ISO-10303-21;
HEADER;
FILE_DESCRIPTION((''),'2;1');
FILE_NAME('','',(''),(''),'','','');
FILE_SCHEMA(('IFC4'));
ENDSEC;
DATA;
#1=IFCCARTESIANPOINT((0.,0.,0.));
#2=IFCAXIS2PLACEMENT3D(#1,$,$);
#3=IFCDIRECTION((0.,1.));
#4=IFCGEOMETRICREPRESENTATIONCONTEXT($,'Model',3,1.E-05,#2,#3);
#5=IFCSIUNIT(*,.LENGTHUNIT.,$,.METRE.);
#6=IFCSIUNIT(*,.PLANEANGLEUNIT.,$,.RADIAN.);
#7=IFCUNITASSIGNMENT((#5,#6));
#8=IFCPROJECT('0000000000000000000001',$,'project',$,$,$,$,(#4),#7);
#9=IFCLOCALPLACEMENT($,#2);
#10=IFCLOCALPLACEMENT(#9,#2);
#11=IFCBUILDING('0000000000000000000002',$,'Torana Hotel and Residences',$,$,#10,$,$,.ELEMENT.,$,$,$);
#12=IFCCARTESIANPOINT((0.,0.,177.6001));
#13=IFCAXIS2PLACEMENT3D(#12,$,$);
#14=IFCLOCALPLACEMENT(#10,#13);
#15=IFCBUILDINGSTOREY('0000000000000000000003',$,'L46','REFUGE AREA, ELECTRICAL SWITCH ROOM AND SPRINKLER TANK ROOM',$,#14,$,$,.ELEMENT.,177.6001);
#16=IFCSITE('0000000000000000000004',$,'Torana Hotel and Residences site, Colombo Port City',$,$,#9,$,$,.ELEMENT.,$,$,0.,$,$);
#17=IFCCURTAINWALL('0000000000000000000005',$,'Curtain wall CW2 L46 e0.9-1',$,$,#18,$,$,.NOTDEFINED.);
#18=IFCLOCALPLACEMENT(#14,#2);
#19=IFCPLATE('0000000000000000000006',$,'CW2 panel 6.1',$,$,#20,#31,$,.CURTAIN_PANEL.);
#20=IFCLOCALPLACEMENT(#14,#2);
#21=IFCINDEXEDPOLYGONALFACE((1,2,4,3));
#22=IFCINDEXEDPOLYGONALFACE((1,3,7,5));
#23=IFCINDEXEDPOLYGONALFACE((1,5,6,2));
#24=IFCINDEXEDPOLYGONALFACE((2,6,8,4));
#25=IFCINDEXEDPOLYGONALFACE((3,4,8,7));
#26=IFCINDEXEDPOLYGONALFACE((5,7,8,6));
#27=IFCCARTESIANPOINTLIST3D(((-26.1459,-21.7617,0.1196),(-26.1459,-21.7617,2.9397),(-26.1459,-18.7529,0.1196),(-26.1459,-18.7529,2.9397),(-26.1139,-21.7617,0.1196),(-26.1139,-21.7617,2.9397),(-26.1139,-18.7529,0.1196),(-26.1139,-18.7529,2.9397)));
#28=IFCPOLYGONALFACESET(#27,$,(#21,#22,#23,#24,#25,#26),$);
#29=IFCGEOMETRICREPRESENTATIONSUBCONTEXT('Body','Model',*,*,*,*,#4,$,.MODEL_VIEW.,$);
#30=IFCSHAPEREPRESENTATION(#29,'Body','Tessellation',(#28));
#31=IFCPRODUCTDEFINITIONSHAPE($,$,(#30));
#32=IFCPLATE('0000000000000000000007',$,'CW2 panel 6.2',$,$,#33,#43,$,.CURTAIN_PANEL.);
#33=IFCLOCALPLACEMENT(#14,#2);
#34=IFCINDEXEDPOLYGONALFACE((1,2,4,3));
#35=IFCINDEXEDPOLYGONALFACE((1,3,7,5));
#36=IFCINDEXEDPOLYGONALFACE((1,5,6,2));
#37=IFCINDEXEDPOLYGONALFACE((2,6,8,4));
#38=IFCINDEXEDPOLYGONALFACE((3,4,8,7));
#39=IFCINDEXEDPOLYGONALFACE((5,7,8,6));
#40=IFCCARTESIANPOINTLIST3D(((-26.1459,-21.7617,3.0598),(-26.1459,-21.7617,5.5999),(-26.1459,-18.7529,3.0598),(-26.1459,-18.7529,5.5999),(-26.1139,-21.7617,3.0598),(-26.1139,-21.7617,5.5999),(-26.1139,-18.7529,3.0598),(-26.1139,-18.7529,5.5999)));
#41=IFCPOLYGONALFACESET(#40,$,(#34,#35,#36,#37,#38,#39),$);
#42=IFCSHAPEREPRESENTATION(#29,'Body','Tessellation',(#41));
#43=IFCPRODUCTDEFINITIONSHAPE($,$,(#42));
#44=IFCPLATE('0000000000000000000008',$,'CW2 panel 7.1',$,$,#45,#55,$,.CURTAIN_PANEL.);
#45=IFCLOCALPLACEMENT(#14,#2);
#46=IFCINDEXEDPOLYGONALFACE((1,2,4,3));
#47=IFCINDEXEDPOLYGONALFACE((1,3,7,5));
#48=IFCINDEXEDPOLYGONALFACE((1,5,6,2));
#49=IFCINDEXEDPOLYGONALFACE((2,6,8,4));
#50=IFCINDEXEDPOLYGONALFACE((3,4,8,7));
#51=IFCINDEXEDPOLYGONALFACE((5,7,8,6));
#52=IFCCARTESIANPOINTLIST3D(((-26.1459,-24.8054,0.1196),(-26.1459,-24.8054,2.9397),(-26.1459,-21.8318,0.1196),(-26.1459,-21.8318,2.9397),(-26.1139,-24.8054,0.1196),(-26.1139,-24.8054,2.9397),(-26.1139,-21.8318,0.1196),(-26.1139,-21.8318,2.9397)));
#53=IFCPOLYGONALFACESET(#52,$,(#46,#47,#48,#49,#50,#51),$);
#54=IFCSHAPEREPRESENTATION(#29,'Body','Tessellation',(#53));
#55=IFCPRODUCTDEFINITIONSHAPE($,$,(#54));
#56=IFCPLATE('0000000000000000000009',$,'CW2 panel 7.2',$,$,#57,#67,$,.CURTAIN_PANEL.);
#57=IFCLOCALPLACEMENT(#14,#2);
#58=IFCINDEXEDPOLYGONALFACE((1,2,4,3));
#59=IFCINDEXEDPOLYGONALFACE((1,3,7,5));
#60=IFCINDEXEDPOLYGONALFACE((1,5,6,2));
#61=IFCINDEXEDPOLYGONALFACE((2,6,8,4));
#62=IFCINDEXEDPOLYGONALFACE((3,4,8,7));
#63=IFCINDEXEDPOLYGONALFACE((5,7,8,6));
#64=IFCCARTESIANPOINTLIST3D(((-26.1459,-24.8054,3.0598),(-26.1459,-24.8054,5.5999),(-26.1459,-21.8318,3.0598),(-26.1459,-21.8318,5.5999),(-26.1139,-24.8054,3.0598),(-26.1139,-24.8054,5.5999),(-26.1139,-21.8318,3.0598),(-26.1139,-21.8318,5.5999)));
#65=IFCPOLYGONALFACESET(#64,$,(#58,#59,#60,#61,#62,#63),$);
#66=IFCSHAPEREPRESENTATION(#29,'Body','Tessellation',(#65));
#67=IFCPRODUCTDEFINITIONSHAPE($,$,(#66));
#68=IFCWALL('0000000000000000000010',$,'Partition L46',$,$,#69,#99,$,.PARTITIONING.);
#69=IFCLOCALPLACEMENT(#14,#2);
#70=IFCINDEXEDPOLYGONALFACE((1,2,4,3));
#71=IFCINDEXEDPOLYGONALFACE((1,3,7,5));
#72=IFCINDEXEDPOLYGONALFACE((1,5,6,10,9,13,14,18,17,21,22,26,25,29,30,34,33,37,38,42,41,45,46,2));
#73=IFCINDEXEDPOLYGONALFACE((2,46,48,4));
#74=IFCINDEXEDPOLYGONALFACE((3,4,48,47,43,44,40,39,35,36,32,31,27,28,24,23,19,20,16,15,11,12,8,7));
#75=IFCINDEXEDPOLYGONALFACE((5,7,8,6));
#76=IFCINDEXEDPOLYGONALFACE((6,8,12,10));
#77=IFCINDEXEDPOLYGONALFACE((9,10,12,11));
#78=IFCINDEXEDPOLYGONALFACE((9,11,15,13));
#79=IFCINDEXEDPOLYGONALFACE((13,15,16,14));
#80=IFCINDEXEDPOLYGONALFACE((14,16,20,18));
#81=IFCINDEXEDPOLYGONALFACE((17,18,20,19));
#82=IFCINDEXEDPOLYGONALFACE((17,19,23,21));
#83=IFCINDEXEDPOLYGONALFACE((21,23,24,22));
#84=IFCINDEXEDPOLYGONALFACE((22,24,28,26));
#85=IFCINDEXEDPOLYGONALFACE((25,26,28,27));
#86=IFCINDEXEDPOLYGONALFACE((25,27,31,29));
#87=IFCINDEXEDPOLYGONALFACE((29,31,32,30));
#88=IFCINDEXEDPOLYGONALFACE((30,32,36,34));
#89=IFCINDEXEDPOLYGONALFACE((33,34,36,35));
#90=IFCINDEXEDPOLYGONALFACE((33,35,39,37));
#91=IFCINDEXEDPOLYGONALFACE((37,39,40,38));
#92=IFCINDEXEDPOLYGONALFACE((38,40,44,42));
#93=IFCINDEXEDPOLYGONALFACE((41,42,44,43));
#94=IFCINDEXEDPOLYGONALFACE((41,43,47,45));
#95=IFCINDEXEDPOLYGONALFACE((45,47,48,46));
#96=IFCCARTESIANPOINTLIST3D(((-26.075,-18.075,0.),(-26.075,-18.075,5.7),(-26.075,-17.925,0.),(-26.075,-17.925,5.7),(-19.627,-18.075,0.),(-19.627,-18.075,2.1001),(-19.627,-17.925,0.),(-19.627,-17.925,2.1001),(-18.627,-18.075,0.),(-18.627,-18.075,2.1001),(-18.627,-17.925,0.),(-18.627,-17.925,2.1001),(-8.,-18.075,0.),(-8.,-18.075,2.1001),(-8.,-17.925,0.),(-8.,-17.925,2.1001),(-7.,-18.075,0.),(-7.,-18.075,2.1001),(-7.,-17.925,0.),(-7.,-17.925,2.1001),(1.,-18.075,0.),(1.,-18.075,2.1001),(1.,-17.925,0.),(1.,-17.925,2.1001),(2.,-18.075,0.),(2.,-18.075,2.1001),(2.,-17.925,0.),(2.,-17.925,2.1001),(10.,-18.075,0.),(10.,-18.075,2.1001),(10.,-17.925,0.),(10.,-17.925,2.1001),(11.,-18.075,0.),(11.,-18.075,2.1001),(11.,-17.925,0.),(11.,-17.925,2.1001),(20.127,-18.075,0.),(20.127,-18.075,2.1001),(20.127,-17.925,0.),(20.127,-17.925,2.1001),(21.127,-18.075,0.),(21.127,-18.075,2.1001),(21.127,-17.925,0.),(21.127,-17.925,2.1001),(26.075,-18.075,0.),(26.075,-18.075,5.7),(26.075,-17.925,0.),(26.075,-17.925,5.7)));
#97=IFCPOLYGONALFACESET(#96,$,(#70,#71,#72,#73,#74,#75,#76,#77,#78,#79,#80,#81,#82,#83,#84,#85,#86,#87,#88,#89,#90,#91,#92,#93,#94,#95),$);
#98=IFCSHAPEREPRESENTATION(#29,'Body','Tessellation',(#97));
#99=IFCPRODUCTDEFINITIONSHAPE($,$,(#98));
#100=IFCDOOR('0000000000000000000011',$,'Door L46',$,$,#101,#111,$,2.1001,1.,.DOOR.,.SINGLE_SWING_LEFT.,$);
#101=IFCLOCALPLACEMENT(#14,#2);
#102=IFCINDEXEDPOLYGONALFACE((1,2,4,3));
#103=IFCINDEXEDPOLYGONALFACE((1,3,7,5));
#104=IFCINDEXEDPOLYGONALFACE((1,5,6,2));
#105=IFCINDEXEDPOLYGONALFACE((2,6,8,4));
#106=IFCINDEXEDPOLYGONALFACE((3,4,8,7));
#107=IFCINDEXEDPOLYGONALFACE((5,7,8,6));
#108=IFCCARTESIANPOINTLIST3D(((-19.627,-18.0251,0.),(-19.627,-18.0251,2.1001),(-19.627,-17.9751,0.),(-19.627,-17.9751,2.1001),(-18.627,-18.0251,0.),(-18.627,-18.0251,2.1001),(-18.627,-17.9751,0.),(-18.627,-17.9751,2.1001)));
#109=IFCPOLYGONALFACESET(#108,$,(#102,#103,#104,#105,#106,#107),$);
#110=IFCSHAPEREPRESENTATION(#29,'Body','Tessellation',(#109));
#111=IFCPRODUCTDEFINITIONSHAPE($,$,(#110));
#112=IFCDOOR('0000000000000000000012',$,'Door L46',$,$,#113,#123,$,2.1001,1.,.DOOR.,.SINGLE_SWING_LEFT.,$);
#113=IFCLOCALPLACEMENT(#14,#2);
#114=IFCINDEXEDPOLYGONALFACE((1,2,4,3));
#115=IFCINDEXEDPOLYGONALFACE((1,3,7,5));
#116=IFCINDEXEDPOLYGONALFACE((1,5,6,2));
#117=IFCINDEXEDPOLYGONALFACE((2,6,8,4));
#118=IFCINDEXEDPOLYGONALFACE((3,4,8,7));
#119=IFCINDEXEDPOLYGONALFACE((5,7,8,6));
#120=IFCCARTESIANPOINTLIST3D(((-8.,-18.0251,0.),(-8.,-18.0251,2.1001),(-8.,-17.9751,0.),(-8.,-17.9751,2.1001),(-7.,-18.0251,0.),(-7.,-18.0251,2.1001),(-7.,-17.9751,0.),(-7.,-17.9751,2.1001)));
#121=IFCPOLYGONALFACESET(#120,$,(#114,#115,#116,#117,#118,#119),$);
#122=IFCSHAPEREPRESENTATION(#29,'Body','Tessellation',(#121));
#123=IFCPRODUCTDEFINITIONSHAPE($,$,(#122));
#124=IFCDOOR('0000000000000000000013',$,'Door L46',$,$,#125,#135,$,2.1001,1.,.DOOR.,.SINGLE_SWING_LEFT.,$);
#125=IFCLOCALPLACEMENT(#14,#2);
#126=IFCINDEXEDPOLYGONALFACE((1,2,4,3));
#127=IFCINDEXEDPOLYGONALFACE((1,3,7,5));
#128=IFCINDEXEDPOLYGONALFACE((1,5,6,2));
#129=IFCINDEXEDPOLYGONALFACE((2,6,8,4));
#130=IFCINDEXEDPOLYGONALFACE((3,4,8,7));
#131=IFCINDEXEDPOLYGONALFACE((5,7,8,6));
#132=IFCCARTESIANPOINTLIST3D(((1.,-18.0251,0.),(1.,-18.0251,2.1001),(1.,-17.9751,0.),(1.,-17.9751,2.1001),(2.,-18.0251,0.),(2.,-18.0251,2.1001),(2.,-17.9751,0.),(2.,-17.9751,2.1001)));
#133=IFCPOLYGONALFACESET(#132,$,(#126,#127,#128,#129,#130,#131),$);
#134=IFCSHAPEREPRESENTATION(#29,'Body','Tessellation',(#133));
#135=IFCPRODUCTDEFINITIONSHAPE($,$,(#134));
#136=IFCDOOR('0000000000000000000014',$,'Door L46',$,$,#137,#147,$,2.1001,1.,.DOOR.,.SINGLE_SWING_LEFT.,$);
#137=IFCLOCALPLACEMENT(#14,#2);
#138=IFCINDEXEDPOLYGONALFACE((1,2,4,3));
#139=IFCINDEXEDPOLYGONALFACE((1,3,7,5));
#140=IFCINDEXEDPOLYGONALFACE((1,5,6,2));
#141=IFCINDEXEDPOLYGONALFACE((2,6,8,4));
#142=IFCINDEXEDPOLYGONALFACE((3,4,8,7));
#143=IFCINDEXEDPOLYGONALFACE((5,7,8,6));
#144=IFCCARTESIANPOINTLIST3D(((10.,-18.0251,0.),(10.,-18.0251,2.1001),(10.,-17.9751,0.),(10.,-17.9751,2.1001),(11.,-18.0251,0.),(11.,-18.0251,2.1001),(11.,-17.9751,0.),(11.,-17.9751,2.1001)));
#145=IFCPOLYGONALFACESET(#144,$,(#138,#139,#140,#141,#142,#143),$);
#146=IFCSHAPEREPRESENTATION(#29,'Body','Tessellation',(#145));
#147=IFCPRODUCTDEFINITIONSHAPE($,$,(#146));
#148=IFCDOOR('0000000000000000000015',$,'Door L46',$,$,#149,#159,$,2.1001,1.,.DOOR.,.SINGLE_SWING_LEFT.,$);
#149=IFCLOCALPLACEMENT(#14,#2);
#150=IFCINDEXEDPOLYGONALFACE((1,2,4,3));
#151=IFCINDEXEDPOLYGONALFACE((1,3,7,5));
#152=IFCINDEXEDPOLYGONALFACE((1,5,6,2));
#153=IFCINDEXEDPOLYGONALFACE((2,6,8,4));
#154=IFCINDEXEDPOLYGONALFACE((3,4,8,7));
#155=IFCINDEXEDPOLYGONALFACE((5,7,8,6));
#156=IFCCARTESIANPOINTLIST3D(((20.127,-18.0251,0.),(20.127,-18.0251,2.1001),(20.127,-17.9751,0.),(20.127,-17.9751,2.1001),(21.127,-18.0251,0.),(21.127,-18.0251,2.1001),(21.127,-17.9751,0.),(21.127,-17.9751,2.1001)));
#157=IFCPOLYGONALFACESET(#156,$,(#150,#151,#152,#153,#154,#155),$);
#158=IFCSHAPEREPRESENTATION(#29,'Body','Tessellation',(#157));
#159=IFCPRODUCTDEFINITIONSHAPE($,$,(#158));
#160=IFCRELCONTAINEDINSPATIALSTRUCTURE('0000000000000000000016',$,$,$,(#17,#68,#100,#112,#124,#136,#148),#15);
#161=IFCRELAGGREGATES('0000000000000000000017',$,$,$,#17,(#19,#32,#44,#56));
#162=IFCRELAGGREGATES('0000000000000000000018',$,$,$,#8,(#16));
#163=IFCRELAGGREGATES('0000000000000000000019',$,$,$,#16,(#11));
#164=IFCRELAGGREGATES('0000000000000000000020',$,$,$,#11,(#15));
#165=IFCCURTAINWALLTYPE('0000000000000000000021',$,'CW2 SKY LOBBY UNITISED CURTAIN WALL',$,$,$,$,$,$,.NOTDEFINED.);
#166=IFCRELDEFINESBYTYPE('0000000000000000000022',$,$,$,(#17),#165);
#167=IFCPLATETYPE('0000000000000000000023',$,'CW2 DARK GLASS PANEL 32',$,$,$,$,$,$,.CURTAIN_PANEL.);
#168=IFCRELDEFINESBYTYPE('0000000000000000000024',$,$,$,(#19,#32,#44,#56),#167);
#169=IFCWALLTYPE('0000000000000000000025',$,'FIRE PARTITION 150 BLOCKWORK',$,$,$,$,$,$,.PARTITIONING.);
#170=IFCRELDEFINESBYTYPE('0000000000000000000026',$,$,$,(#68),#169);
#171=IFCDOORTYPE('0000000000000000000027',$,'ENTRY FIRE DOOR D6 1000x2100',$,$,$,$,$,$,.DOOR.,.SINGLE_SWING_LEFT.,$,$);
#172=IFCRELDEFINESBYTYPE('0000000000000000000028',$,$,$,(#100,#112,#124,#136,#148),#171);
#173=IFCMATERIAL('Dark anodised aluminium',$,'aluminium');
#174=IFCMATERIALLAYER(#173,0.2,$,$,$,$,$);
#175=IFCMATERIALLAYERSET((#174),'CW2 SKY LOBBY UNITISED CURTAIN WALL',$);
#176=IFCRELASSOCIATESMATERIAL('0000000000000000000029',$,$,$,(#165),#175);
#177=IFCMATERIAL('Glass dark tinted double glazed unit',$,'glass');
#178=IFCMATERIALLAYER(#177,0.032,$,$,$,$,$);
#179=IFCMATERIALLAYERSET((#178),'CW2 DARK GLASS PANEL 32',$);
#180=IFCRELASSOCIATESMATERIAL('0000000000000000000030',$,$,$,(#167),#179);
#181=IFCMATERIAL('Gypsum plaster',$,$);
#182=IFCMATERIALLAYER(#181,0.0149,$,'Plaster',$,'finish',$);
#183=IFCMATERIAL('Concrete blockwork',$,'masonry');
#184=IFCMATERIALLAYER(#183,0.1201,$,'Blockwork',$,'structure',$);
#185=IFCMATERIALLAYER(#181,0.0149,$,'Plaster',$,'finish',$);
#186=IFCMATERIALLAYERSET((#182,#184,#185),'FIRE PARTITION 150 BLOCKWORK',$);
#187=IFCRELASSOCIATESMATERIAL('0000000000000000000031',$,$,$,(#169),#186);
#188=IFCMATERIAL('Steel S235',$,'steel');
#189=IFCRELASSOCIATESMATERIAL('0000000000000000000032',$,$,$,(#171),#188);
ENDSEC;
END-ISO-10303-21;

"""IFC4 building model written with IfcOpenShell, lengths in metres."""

from ifc_helpers import new_model, si_unit, direction, frame, frame_2d, origin, origin_2d, place, context, subcontext, project, spatial, rectangle, extrude, material, layer, layer_set, type_object, element, fill, aggregate, save


model = new_model("IFC4")

# Units and contexts
model_context = context("Model", 3, precision=1e-05, world=origin(), true_north=direction((0.0, 1.0)))
body_context = subcontext(model_context, "Body", "Model", "MODEL_VIEW")
ifc_project = project(units=[si_unit("LENGTHUNIT", "METRE"), si_unit("PLANEANGLEUNIT", "RADIAN")], contexts=[model_context])

# Site, building, storey
site_placement = place(None, origin())
site = spatial("IfcSite", under=ifc_project, at=site_placement, Name="Torana Hotel and Residences site, Colombo Port City", CompositionType="ELEMENT", RefElevation=0.0)
building_placement = place(site_placement, origin())
building = spatial("IfcBuilding", under=site, at=building_placement, Name="Torana Hotel and Residences", CompositionType="ELEMENT")
storey_placement = place(building_placement, frame((0.0, 0.0, 177.6001)))
storey = spatial("IfcBuildingStorey", under=building, at=storey_placement, Name="L46", Description="REFUGE AREA, ELECTRICAL SWITCH ROOM AND SPRINKLER TANK ROOM", CompositionType="ELEMENT", Elevation=177.6001)

# Curtain wall
ifc_material_1 = material(Name="Dark anodised aluminium", Category="aluminium")
ifc_layer_1 = layer(ifc_material_1, 0.2)
ifc_layer_set_1 = layer_set([ifc_layer_1], Name="CW2 SKY LOBBY UNITISED CURTAIN WALL")
curtain_wall_type = type_object("IfcCurtainWallType", Name="CW2 SKY LOBBY UNITISED CURTAIN WALL", PredefinedType="NOTDEFINED", material=ifc_layer_set_1)
curtain_wall_placement = place(storey_placement, origin())
curtain_wall = element("IfcCurtainWall", 1, at=curtain_wall_placement, inside=storey, type_object=curtain_wall_type, Name="Curtain wall CW2 L46 e0.9-1", PredefinedType="NOTDEFINED")

# Plates
ifc_material_2 = material(Name="Glass dark tinted double glazed unit", Category="glass")
ifc_layer_2 = layer(ifc_material_2, 0.032)
ifc_layer_set_2 = layer_set([ifc_layer_2], Name="CW2 DARK GLASS PANEL 32")
plate_type = type_object("IfcPlateType", Name="CW2 DARK GLASS PANEL 32", PredefinedType="CURTAIN_PANEL", material=ifc_layer_set_2)
plate_1_placement = place(storey_placement, frame((-26.1299, -20.2573, 0.1196), z_axis=(0.0, 0.0, 1.0), x_axis=(0.0, -1.0, 0.0)))
plate_1 = element("IfcPlate", 2, at=plate_1_placement, type_object=plate_type, Name="CW2 panel 6.1", PredefinedType="CURTAIN_PANEL", context=body_context, shape_type="SweptSolid", body=[
    extrude(rectangle(XDim=3.0088, YDim=0.032, at=origin_2d()), origin(), (0.0, 0.0, 1.0), 2.8201),
])
plate_2_placement = place(storey_placement, frame((-26.1299, -20.2573, 3.0598), z_axis=(0.0, 0.0, 1.0), x_axis=(0.0, -1.0, 0.0)))
plate_2 = element("IfcPlate", 3, at=plate_2_placement, type_object=plate_type, Name="CW2 panel 6.2", PredefinedType="CURTAIN_PANEL", context=body_context, shape_type="SweptSolid", body=[
    extrude(rectangle(XDim=3.0088, YDim=0.032, at=origin_2d()), origin(), (0.0, 0.0, 1.0), 2.54),
])
plate_3_placement = place(storey_placement, frame((-26.1299, -23.3186, 0.1196), z_axis=(0.0, 0.0, 1.0), x_axis=(0.0, -1.0, 0.0)))
plate_3 = element("IfcPlate", 4, at=plate_3_placement, type_object=plate_type, Name="CW2 panel 7.1", PredefinedType="CURTAIN_PANEL", context=body_context, shape_type="SweptSolid", body=[
    extrude(rectangle(XDim=2.9736, YDim=0.032, at=origin_2d()), origin(), (0.0, 0.0, 1.0), 2.8201),
])
plate_4_placement = place(storey_placement, frame((-26.1299, -23.3186, 3.0598), z_axis=(0.0, 0.0, 1.0), x_axis=(0.0, -1.0, 0.0)))
plate_4 = element("IfcPlate", 5, at=plate_4_placement, type_object=plate_type, Name="CW2 panel 7.2", PredefinedType="CURTAIN_PANEL", context=body_context, shape_type="SweptSolid", body=[
    extrude(rectangle(XDim=2.9736, YDim=0.032, at=origin_2d()), origin(), (0.0, 0.0, 1.0), 2.54),
])
aggregate(curtain_wall, [plate_1, plate_2, plate_3, plate_4])

# Wall, openings, doors
ifc_material_3 = material(Name="Gypsum plaster")
ifc_layer_3 = layer(ifc_material_3, 0.0149, Name="Plaster", Category="finish")
ifc_material_4 = material(Name="Concrete blockwork", Category="masonry")
ifc_layer_4 = layer(ifc_material_4, 0.1201, Name="Blockwork", Category="structure")
ifc_layer_5 = layer(ifc_material_3, 0.0149, Name="Plaster", Category="finish")
ifc_layer_set_3 = layer_set([ifc_layer_3, ifc_layer_4, ifc_layer_5], Name="FIRE PARTITION 150 BLOCKWORK")
wall_type_1 = type_object("IfcWallType", Name="FIRE PARTITION 150 BLOCKWORK", PredefinedType="PARTITIONING", material=ifc_layer_set_3)
wall_placement = place(storey_placement, frame((-26.075, -18.0, 0.0), z_axis=(0.0, 0.0, 1.0), x_axis=(1.0, 0.0, 0.0)))
wall = element("IfcWall", 6, at=wall_placement, inside=storey, type_object=wall_type_1, Name="Partition L46", PredefinedType="PARTITIONING", context=body_context, shape_type="SweptSolid", body=[
    extrude(rectangle(XDim=52.1499, YDim=0.1499, at=frame_2d((26.075, 0.0))), origin(), (0.0, 0.0, 1.0), 5.7),
])
opening_1_placement = place(wall_placement, frame((6.448, 0.0, 0.0)))
opening_1 = element("IfcOpeningElement", 7, at=opening_1_placement, cuts=wall, PredefinedType="OPENING", context=body_context, shape_type="SweptSolid", body=[
    extrude(rectangle(XDim=1.0, YDim=2.1001, at=frame_2d((0.5, 1.05))), frame((0.0, 0.085, 0.0), z_axis=(0.0, -1.0, 0.0), x_axis=(1.0, 0.0, 0.0)), (0.0, 0.0, 1.0), 0.1699),
])
opening_2_placement = place(wall_placement, frame((18.075, 0.0, 0.0)))
opening_2 = element("IfcOpeningElement", 8, at=opening_2_placement, cuts=wall, PredefinedType="OPENING", context=body_context, shape_type="SweptSolid", body=[
    extrude(rectangle(XDim=1.0, YDim=2.1001, at=frame_2d((0.5, 1.05))), frame((0.0, 0.085, 0.0), z_axis=(0.0, -1.0, 0.0), x_axis=(1.0, 0.0, 0.0)), (0.0, 0.0, 1.0), 0.1699),
])
opening_3_placement = place(wall_placement, frame((27.075, 0.0, 0.0)))
opening_3 = element("IfcOpeningElement", 9, at=opening_3_placement, cuts=wall, PredefinedType="OPENING", context=body_context, shape_type="SweptSolid", body=[
    extrude(rectangle(XDim=1.0, YDim=2.1001, at=frame_2d((0.5, 1.05))), frame((0.0, 0.085, 0.0), z_axis=(0.0, -1.0, 0.0), x_axis=(1.0, 0.0, 0.0)), (0.0, 0.0, 1.0), 0.1699),
])
opening_4_placement = place(wall_placement, frame((36.075, 0.0, 0.0)))
opening_4 = element("IfcOpeningElement", 10, at=opening_4_placement, cuts=wall, PredefinedType="OPENING", context=body_context, shape_type="SweptSolid", body=[
    extrude(rectangle(XDim=1.0, YDim=2.1001, at=frame_2d((0.5, 1.05))), frame((0.0, 0.085, 0.0), z_axis=(0.0, -1.0, 0.0), x_axis=(1.0, 0.0, 0.0)), (0.0, 0.0, 1.0), 0.1699),
])
opening_5_placement = place(wall_placement, frame((46.2019, 0.0, 0.0)))
opening_5 = element("IfcOpeningElement", 11, at=opening_5_placement, cuts=wall, PredefinedType="OPENING", context=body_context, shape_type="SweptSolid", body=[
    extrude(rectangle(XDim=1.0, YDim=2.1001, at=frame_2d((0.5, 1.05))), frame((0.0, 0.085, 0.0), z_axis=(0.0, -1.0, 0.0), x_axis=(1.0, 0.0, 0.0)), (0.0, 0.0, 1.0), 0.1699),
])
ifc_material_5 = material(Name="Steel S235", Category="steel")
door_type = type_object("IfcDoorType", Name="ENTRY FIRE DOOR D6 1000x2100", OperationType="SINGLE_SWING_LEFT", PredefinedType="DOOR", material=ifc_material_5)
door_1_placement = place(opening_1_placement, frame((0.5, 0.0, 0.0), z_axis=(0.0, 0.0, 1.0), x_axis=(-1.0, 0.0, 0.0)))
door_1 = element("IfcDoor", 12, at=door_1_placement, inside=storey, type_object=door_type, Name="Door L46", OperationType="SINGLE_SWING_LEFT", OverallHeight=2.1001, OverallWidth=1.0, PredefinedType="DOOR", context=body_context, shape_type="SweptSolid", body=[
    extrude(rectangle(XDim=1.0, YDim=2.1001, at=frame_2d((0.0, 1.05))), frame((0.0, -0.0249, 0.0), z_axis=(0.0, 1.0, 0.0), x_axis=(-1.0, 0.0, 0.0)), (0.0, 0.0, 1.0), 0.05),
])
fill(opening_1, door_1)
door_2_placement = place(opening_2_placement, frame((0.5, 0.0, 0.0), z_axis=(0.0, 0.0, 1.0), x_axis=(-1.0, 0.0, 0.0)))
door_2 = element("IfcDoor", 13, at=door_2_placement, inside=storey, type_object=door_type, Name="Door L46", OperationType="SINGLE_SWING_LEFT", OverallHeight=2.1001, OverallWidth=1.0, PredefinedType="DOOR", context=body_context, shape_type="SweptSolid", body=[
    extrude(rectangle(XDim=1.0, YDim=2.1001, at=frame_2d((0.0, 1.05))), frame((0.0, -0.0249, 0.0), z_axis=(0.0, 1.0, 0.0), x_axis=(-1.0, 0.0, 0.0)), (0.0, 0.0, 1.0), 0.05),
])
fill(opening_2, door_2)
door_3_placement = place(opening_3_placement, frame((0.5, 0.0, 0.0), z_axis=(0.0, 0.0, 1.0), x_axis=(-1.0, 0.0, 0.0)))
door_3 = element("IfcDoor", 14, at=door_3_placement, inside=storey, type_object=door_type, Name="Door L46", OperationType="SINGLE_SWING_LEFT", OverallHeight=2.1001, OverallWidth=1.0, PredefinedType="DOOR", context=body_context, shape_type="SweptSolid", body=[
    extrude(rectangle(XDim=1.0, YDim=2.1001, at=frame_2d((0.0, 1.05))), frame((0.0, -0.0249, 0.0), z_axis=(0.0, 1.0, 0.0), x_axis=(-1.0, 0.0, 0.0)), (0.0, 0.0, 1.0), 0.05),
])
fill(opening_3, door_3)
door_4_placement = place(opening_4_placement, frame((0.5, 0.0, 0.0), z_axis=(0.0, 0.0, 1.0), x_axis=(-1.0, 0.0, 0.0)))
door_4 = element("IfcDoor", 15, at=door_4_placement, inside=storey, type_object=door_type, Name="Door L46", OperationType="SINGLE_SWING_LEFT", OverallHeight=2.1001, OverallWidth=1.0, PredefinedType="DOOR", context=body_context, shape_type="SweptSolid", body=[
    extrude(rectangle(XDim=1.0, YDim=2.1001, at=frame_2d((0.0, 1.05))), frame((0.0, -0.0249, 0.0), z_axis=(0.0, 1.0, 0.0), x_axis=(-1.0, 0.0, 0.0)), (0.0, 0.0, 1.0), 0.05),
])
fill(opening_4, door_4)
door_5_placement = place(opening_5_placement, frame((0.5, 0.0, 0.0), z_axis=(0.0, 0.0, 1.0), x_axis=(-1.0, 0.0, 0.0)))
door_5 = element("IfcDoor", 16, at=door_5_placement, inside=storey, type_object=door_type, Name="Door L46", OperationType="SINGLE_SWING_LEFT", OverallHeight=2.1001, OverallWidth=1.0, PredefinedType="DOOR", context=body_context, shape_type="SweptSolid", body=[
    extrude(rectangle(XDim=1.0, YDim=2.1001, at=frame_2d((0.0, 1.05))), frame((0.0, -0.0249, 0.0), z_axis=(0.0, 1.0, 0.0), x_axis=(-1.0, 0.0, 0.0)), (0.0, 0.0, 1.0), 0.05),
])
fill(opening_5, door_5)

save(model, "model.ifc")
